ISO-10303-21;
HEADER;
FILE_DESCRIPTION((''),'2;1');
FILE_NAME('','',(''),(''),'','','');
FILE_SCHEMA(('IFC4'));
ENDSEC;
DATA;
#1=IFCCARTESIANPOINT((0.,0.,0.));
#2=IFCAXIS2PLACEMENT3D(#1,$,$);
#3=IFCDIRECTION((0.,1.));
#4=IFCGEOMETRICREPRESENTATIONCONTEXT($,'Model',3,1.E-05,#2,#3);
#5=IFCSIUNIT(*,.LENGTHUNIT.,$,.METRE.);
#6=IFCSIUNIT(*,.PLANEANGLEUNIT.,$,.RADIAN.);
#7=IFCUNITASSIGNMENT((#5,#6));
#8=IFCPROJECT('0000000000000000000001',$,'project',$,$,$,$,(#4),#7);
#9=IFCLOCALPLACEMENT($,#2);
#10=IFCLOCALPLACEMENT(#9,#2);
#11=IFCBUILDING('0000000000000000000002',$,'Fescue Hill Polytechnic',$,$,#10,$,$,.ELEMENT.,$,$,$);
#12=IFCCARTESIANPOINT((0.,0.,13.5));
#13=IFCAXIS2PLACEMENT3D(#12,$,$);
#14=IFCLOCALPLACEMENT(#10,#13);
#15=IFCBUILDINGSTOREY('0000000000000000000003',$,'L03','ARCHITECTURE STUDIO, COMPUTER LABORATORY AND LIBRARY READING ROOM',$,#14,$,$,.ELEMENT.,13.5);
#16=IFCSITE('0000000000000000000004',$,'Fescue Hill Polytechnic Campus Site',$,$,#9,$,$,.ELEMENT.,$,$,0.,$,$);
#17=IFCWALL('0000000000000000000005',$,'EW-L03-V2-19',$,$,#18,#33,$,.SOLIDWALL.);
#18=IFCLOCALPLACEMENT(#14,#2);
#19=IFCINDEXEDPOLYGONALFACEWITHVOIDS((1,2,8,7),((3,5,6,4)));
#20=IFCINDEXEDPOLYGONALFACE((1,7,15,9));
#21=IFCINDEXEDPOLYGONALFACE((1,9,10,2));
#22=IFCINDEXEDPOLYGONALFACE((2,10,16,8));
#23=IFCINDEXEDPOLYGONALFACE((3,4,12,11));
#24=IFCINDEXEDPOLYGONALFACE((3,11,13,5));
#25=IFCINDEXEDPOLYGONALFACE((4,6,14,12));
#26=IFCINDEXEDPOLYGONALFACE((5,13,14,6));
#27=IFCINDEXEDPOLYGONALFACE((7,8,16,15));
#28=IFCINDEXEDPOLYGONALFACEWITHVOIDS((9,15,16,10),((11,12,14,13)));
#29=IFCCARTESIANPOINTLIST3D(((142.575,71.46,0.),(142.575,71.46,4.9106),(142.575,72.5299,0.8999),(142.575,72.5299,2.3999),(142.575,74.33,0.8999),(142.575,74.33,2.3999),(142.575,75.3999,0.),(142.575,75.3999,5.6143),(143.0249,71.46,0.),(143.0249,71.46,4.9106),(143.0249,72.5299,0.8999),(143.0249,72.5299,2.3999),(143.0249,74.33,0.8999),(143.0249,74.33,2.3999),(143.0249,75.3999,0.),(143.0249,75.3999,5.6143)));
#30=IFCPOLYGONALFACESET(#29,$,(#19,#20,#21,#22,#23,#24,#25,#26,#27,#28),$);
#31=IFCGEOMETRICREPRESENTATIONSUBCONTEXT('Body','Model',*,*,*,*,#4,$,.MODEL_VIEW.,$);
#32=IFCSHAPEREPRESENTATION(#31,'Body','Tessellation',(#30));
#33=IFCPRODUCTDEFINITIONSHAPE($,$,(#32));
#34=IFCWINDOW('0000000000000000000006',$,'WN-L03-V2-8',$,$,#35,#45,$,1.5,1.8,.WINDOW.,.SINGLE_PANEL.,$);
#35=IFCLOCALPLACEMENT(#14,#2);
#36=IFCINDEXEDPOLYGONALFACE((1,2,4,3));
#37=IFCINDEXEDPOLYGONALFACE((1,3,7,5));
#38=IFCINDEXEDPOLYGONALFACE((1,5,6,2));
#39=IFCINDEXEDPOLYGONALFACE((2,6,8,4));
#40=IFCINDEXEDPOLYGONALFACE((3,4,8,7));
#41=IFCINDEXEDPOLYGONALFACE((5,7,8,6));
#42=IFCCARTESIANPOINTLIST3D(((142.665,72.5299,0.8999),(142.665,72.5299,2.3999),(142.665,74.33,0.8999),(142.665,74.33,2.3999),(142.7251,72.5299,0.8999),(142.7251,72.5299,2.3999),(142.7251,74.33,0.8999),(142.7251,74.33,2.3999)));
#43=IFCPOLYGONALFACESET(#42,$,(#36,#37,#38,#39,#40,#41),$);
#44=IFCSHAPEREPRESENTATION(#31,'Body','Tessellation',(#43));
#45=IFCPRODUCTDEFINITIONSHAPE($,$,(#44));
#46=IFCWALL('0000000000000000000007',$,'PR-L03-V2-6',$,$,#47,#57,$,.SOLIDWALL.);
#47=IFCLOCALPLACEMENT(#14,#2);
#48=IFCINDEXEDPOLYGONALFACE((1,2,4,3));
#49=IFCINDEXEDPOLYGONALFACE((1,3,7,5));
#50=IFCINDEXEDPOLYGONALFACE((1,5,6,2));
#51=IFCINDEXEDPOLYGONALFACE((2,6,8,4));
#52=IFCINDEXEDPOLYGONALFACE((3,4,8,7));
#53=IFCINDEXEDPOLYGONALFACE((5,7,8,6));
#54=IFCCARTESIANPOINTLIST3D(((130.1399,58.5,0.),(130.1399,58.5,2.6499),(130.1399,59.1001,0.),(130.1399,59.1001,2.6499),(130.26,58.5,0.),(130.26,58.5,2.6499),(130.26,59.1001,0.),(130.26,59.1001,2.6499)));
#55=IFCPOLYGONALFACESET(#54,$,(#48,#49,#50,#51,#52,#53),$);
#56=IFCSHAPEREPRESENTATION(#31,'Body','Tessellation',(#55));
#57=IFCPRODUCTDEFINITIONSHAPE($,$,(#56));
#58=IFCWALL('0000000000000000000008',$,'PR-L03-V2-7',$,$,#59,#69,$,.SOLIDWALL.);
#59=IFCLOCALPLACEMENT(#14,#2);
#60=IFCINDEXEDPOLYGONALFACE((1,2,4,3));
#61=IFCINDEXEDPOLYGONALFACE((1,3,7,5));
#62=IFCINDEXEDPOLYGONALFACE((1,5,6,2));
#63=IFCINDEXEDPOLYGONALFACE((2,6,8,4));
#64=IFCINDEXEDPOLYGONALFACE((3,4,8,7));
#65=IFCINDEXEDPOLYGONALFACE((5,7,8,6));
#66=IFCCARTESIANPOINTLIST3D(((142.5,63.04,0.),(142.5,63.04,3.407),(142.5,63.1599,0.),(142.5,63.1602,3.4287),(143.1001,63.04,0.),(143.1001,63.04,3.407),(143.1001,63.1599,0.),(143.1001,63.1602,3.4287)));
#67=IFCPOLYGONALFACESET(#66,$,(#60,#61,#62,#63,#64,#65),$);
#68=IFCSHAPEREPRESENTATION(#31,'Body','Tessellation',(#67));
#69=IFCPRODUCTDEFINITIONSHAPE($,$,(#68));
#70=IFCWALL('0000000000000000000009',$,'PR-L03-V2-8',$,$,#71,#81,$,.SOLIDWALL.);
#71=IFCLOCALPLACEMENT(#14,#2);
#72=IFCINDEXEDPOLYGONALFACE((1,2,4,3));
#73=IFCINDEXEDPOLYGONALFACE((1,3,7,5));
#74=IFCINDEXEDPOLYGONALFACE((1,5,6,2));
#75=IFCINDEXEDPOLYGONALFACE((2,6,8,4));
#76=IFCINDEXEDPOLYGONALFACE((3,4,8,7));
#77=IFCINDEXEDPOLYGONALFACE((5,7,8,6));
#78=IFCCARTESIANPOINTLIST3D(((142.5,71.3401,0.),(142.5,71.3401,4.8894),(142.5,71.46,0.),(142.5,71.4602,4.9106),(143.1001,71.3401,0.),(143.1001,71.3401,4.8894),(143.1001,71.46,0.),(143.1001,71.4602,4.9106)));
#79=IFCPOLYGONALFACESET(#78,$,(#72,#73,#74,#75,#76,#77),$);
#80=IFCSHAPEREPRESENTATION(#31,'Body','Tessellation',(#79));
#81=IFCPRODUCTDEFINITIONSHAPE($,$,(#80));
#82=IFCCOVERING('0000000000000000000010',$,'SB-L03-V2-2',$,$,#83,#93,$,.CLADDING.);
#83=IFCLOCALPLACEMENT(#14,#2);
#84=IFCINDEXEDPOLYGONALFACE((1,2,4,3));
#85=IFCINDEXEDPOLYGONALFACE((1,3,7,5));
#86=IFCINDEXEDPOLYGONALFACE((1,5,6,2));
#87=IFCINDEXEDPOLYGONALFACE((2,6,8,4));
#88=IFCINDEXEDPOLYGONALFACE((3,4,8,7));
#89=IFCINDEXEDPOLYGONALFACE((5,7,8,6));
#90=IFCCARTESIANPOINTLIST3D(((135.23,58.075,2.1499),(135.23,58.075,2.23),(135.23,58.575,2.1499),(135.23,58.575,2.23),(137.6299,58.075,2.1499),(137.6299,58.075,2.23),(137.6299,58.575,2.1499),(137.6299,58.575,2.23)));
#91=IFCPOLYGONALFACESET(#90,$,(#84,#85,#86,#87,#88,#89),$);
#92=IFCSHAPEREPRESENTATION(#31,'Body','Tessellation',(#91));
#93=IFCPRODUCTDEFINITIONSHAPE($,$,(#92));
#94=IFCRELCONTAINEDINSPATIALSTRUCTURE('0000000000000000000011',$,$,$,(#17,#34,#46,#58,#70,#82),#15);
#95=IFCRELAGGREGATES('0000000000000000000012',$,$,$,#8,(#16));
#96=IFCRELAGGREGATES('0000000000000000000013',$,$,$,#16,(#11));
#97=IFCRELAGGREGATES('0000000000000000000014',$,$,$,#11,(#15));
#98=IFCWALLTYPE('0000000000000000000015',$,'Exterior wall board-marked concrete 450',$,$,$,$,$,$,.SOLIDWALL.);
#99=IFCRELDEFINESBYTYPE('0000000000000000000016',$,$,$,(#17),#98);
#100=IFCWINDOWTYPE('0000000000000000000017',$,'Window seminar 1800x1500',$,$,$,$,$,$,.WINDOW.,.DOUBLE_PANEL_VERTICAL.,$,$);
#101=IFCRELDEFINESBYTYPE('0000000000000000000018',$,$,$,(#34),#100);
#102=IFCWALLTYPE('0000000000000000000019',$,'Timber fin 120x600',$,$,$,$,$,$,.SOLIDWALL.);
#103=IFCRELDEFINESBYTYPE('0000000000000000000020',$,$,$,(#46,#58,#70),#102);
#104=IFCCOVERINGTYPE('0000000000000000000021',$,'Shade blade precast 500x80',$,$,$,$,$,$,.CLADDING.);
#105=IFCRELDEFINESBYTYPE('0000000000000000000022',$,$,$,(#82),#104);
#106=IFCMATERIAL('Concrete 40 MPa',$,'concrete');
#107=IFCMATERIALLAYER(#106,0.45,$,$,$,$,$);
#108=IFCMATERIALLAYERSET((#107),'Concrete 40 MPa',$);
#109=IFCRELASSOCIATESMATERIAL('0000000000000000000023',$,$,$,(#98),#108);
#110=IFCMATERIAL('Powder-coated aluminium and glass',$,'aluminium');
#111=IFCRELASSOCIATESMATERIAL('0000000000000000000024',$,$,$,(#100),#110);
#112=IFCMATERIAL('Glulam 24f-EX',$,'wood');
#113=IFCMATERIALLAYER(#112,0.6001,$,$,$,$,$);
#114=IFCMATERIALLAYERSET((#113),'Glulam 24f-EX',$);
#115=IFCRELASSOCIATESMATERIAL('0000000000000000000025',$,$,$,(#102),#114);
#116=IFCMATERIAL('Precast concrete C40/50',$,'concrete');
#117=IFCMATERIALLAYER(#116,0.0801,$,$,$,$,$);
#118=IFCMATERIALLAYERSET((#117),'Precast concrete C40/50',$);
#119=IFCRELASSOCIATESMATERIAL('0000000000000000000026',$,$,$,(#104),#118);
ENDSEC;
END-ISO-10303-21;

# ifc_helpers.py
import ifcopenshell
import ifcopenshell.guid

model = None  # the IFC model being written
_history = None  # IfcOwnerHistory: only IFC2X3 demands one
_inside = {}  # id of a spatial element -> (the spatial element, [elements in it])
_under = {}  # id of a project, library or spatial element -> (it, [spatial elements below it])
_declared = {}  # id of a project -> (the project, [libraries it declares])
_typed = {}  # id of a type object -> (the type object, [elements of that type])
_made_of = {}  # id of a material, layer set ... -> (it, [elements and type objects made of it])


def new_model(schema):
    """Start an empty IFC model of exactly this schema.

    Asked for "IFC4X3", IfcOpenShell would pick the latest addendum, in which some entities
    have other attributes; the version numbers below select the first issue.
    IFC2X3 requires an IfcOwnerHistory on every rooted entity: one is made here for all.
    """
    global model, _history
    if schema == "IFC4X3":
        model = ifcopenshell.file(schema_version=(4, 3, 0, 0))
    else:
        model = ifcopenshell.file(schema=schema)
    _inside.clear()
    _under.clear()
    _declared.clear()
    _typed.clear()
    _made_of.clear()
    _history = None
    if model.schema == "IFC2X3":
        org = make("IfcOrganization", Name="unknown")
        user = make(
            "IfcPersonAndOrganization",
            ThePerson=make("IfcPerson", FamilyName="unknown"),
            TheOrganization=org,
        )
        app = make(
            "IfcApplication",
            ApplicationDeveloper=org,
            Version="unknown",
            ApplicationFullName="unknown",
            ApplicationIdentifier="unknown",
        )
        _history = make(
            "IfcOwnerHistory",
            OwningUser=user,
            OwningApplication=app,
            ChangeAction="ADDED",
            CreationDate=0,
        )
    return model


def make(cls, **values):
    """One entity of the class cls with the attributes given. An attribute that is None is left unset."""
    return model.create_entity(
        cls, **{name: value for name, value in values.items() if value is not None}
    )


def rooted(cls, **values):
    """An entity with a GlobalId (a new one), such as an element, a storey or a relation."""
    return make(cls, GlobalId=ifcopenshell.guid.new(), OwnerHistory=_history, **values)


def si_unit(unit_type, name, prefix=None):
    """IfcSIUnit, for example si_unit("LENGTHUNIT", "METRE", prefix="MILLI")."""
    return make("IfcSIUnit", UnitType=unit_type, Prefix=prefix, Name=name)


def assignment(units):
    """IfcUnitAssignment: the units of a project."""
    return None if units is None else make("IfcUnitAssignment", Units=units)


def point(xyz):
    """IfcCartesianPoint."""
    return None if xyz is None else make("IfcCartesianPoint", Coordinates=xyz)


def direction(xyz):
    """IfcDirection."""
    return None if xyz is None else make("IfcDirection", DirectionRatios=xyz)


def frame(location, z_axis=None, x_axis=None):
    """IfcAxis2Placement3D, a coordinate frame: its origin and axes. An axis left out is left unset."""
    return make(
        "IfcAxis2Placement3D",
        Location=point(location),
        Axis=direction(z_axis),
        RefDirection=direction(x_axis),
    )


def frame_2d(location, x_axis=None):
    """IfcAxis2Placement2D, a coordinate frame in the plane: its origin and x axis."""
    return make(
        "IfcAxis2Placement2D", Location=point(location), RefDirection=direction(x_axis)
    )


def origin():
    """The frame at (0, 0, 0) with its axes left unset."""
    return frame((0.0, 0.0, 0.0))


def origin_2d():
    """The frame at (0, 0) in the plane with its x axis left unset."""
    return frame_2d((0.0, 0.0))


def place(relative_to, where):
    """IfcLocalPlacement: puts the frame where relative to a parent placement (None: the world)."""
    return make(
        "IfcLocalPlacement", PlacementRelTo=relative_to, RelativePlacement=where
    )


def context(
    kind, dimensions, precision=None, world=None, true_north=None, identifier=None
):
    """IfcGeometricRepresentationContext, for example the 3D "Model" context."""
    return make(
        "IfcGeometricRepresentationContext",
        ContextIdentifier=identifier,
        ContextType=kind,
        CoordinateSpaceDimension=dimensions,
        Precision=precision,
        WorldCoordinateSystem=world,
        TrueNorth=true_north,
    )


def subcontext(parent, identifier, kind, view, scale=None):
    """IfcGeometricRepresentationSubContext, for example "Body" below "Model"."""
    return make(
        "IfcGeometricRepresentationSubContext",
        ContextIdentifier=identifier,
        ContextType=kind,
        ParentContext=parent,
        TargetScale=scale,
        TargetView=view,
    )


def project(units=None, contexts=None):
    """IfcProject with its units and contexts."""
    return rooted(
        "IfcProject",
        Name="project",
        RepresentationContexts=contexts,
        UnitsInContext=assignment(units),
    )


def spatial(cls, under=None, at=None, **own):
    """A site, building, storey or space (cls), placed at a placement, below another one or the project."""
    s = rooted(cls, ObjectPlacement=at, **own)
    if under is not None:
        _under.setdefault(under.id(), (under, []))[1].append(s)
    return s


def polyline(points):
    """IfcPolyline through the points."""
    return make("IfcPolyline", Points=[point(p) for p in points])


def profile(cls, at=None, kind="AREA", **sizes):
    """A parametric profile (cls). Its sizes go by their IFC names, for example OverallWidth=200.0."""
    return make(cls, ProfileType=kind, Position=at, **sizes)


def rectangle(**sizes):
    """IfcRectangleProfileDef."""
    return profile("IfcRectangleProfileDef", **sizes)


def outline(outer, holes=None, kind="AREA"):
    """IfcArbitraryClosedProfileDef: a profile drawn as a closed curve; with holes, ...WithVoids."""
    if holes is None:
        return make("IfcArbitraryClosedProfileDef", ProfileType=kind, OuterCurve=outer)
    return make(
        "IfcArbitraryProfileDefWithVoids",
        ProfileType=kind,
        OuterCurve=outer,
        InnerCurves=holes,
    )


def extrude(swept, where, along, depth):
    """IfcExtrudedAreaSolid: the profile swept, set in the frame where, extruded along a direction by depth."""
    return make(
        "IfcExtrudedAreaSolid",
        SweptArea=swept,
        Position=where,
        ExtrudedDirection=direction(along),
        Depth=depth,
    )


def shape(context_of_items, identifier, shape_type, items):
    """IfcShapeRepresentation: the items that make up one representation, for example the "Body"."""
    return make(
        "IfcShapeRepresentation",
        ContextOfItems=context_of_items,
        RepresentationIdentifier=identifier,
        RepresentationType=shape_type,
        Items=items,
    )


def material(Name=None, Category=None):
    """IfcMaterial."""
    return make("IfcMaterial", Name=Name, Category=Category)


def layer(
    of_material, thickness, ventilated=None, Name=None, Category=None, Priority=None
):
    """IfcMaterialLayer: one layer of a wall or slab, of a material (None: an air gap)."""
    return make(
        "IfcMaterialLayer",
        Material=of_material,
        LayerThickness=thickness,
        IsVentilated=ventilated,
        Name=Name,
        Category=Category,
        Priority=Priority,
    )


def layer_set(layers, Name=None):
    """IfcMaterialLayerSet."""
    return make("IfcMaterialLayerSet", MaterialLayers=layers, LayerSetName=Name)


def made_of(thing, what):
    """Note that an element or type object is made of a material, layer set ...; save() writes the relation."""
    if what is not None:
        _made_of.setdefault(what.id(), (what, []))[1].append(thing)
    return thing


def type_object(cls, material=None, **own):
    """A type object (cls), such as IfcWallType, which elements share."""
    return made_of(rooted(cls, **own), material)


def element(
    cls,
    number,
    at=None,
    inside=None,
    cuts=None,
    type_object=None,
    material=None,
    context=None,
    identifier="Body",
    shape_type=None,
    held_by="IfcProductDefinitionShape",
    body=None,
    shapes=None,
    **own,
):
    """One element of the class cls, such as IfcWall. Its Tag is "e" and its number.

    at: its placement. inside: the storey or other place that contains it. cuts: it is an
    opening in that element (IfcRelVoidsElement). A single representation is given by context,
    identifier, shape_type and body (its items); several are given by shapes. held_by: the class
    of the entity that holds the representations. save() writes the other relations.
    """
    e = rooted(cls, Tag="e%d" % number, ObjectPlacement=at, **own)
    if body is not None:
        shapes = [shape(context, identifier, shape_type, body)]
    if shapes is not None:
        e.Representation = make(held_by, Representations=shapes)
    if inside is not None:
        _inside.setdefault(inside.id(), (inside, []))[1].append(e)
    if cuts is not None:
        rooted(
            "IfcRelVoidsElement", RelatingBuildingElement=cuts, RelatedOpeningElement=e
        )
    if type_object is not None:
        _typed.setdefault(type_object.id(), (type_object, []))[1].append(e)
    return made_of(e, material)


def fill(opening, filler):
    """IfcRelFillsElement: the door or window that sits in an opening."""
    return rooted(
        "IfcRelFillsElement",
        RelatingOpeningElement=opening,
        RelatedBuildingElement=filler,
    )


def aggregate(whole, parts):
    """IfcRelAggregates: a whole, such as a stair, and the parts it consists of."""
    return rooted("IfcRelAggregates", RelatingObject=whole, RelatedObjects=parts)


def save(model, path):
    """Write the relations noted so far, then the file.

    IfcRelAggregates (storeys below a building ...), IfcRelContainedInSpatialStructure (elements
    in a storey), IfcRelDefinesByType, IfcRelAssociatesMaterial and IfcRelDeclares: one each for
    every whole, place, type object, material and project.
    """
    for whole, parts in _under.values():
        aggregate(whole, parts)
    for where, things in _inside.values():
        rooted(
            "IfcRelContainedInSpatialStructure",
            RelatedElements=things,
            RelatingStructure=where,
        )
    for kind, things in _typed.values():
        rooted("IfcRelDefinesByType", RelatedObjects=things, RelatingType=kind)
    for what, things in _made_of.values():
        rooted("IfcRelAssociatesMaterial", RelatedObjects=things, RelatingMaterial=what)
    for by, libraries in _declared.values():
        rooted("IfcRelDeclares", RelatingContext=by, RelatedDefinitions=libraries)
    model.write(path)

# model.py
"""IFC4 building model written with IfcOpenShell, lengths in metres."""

from ifc_helpers import new_model, si_unit, direction, frame, frame_2d, origin, origin_2d, place, context, subcontext, project, spatial, polyline, rectangle, outline, extrude, material, layer, layer_set, type_object, element, fill, save


model = new_model("IFC4")

# Units and contexts
model_context = context("Model", 3, precision=1e-05, world=origin(), true_north=direction((0.0, 1.0)))
body_context = subcontext(model_context, "Body", "Model", "MODEL_VIEW")
ifc_project = project(units=[si_unit("LENGTHUNIT", "METRE"), si_unit("PLANEANGLEUNIT", "RADIAN")], contexts=[model_context])

# Site, building, storey
site_placement = place(None, origin())
site = spatial("IfcSite", under=ifc_project, at=site_placement, Name="Fescue Hill Polytechnic Campus Site", CompositionType="ELEMENT", RefElevation=0.0)
building_placement = place(site_placement, origin())
building = spatial("IfcBuilding", under=site, at=building_placement, Name="Fescue Hill Polytechnic", CompositionType="ELEMENT")
storey_placement = place(building_placement, frame((0.0, 0.0, 13.5)))
storey = spatial("IfcBuildingStorey", under=building, at=storey_placement, Name="L03", Description="ARCHITECTURE STUDIO, COMPUTER LABORATORY AND LIBRARY READING ROOM", CompositionType="ELEMENT", Elevation=13.5)

# Shared definitions
ifc_material_1 = material(Name="Concrete 40 MPa", Category="concrete")

# Wall, opening, window
ifc_layer_1 = layer(ifc_material_1, 0.45)
ifc_layer_set_1 = layer_set([ifc_layer_1], Name="Concrete 40 MPa")
wall_type_1 = type_object("IfcWallType", Name="Exterior wall board-marked concrete 450", PredefinedType="SOLIDWALL", material=ifc_layer_set_1)
ifc_material_2 = material(Name="Powder-coated aluminium and glass", Category="aluminium")
window_type_1 = type_object("IfcWindowType", Name="Window seminar 1800x1500", PartitioningType="DOUBLE_PANEL_VERTICAL", PredefinedType="WINDOW", material=ifc_material_2)
wall_1_placement = place(storey_placement, frame((142.8, 71.46, 0.0), z_axis=(0.0, 0.0, 1.0), x_axis=(0.0, 1.0, 0.0)))
wall_1 = element("IfcWall", 1, at=wall_1_placement, inside=storey, type_object=wall_type_1, Name="EW-L03-V2-19", PredefinedType="SOLIDWALL", context=body_context, shape_type="SweptSolid", body=[
    extrude(outline(polyline([(0.0, 0.0), (3.9399, 0.0), (3.9399, 5.6143), (0.0, 4.9106), (0.0, 0.0)])), frame((0.0, 0.2251, 0.0), z_axis=(0.0, -1.0, 0.0), x_axis=(1.0, 0.0, 0.0)), (0.0, 0.0, 1.0), 0.45),
])
opening_1_placement = place(wall_1_placement, frame((1.0701, 0.0, 0.8999)))
opening_1 = element("IfcOpeningElement", 2, at=opening_1_placement, cuts=wall_1, PredefinedType="OPENING", context=body_context, shape_type="SweptSolid", body=[
    extrude(rectangle(XDim=1.8, YDim=1.5, at=frame_2d((0.8999, 0.75))), frame((0.0, 0.2349, 0.0), z_axis=(0.0, -1.0, 0.0), x_axis=(1.0, 0.0, 0.0)), (0.0, 0.0, 1.0), 0.47),
])
window_1_placement = place(opening_1_placement, origin())
window_1 = element("IfcWindow", 3, at=window_1_placement, inside=storey, type_object=window_type_1, Name="WN-L03-V2-8", OverallHeight=1.5, OverallWidth=1.8, PartitioningType="SINGLE_PANEL", PredefinedType="WINDOW", context=body_context, shape_type="SweptSolid", body=[
    extrude(rectangle(XDim=1.8, YDim=1.5, at=frame_2d((0.8999, 0.75))), frame((0.0, 0.135, 0.0), z_axis=(0.0, -1.0, 0.0), x_axis=(1.0, 0.0, 0.0)), (0.0, 0.0, 1.0), 0.0601),
])
fill(opening_1, window_1)

# Walls
ifc_material_3 = material(Name="Glulam 24f-EX", Category="wood")
ifc_layer_2 = layer(ifc_material_3, 0.6001)
ifc_layer_set_2 = layer_set([ifc_layer_2], Name="Glulam 24f-EX")
wall_type_2 = type_object("IfcWallType", Name="Timber fin 120x600", PredefinedType="SOLIDWALL", material=ifc_layer_set_2)
wall_2_placement = place(storey_placement, frame((130.1399, 58.8, 0.0), z_axis=(0.0, 0.0, 1.0), x_axis=(1.0, 0.0, 0.0)))
element("IfcWall", 4, at=wall_2_placement, inside=storey, type_object=wall_type_2, Name="PR-L03-V2-6", PredefinedType="SOLIDWALL", context=body_context, shape_type="SweptSolid", body=[
    extrude(rectangle(XDim=0.1201, YDim=0.6001, at=frame_2d((0.0601, 0.0))), origin(), (0.0, 0.0, 1.0), 2.6499),
])
wall_3_placement = place(storey_placement, frame((142.8, 63.04, 0.0), z_axis=(0.0, 0.0, 1.0), x_axis=(0.0, 1.0, 0.0)))
element("IfcWall", 5, at=wall_3_placement, inside=storey, type_object=wall_type_2, Name="PR-L03-V2-7", PredefinedType="SOLIDWALL", context=body_context, shape_type="SweptSolid", body=[
    extrude(outline(polyline([(0.0, 0.0), (0.1199, 0.0), (0.1201, 3.4287), (0.0, 3.407), (0.0, 0.0)])), frame((0.0, 0.3, 0.0), z_axis=(0.0, -1.0, 0.0), x_axis=(1.0, 0.0, 0.0)), (0.0, 0.0, 1.0), 0.6001),
])
wall_4_placement = place(storey_placement, frame((142.8, 71.3401, 0.0), z_axis=(0.0, 0.0, 1.0), x_axis=(0.0, 1.0, 0.0)))
element("IfcWall", 6, at=wall_4_placement, inside=storey, type_object=wall_type_2, Name="PR-L03-V2-8", PredefinedType="SOLIDWALL", context=body_context, shape_type="SweptSolid", body=[
    extrude(outline(polyline([(0.0, 0.0), (0.1199, 0.0), (0.1201, 4.9106), (0.0, 4.8894), (0.0, 0.0)])), frame((0.0, 0.3, 0.0), z_axis=(0.0, -1.0, 0.0), x_axis=(1.0, 0.0, 0.0)), (0.0, 0.0, 1.0), 0.6001),
])

# Covering
ifc_material_4 = material(Name="Precast concrete C40/50", Category="concrete")
ifc_layer_3 = layer(ifc_material_4, 0.0801)
ifc_layer_set_3 = layer_set([ifc_layer_3], Name="Precast concrete C40/50")
covering_type = type_object("IfcCoveringType", Name="Shade blade precast 500x80", PredefinedType="CLADDING", material=ifc_layer_set_3)
covering_placement = place(storey_placement, frame((136.4299, 58.325, 2.1499), z_axis=(0.0, 0.0, 1.0), x_axis=(1.0, 0.0, 0.0)))
element("IfcCovering", 7, at=covering_placement, inside=storey, type_object=covering_type, Name="SB-L03-V2-2", PredefinedType="CLADDING", context=body_context, shape_type="SweptSolid", body=[
    extrude(rectangle(XDim=2.3999, YDim=0.5, at=origin_2d()), origin(), (0.0, 0.0, 1.0), 0.0801),
])

save(model, "model.ifc")
